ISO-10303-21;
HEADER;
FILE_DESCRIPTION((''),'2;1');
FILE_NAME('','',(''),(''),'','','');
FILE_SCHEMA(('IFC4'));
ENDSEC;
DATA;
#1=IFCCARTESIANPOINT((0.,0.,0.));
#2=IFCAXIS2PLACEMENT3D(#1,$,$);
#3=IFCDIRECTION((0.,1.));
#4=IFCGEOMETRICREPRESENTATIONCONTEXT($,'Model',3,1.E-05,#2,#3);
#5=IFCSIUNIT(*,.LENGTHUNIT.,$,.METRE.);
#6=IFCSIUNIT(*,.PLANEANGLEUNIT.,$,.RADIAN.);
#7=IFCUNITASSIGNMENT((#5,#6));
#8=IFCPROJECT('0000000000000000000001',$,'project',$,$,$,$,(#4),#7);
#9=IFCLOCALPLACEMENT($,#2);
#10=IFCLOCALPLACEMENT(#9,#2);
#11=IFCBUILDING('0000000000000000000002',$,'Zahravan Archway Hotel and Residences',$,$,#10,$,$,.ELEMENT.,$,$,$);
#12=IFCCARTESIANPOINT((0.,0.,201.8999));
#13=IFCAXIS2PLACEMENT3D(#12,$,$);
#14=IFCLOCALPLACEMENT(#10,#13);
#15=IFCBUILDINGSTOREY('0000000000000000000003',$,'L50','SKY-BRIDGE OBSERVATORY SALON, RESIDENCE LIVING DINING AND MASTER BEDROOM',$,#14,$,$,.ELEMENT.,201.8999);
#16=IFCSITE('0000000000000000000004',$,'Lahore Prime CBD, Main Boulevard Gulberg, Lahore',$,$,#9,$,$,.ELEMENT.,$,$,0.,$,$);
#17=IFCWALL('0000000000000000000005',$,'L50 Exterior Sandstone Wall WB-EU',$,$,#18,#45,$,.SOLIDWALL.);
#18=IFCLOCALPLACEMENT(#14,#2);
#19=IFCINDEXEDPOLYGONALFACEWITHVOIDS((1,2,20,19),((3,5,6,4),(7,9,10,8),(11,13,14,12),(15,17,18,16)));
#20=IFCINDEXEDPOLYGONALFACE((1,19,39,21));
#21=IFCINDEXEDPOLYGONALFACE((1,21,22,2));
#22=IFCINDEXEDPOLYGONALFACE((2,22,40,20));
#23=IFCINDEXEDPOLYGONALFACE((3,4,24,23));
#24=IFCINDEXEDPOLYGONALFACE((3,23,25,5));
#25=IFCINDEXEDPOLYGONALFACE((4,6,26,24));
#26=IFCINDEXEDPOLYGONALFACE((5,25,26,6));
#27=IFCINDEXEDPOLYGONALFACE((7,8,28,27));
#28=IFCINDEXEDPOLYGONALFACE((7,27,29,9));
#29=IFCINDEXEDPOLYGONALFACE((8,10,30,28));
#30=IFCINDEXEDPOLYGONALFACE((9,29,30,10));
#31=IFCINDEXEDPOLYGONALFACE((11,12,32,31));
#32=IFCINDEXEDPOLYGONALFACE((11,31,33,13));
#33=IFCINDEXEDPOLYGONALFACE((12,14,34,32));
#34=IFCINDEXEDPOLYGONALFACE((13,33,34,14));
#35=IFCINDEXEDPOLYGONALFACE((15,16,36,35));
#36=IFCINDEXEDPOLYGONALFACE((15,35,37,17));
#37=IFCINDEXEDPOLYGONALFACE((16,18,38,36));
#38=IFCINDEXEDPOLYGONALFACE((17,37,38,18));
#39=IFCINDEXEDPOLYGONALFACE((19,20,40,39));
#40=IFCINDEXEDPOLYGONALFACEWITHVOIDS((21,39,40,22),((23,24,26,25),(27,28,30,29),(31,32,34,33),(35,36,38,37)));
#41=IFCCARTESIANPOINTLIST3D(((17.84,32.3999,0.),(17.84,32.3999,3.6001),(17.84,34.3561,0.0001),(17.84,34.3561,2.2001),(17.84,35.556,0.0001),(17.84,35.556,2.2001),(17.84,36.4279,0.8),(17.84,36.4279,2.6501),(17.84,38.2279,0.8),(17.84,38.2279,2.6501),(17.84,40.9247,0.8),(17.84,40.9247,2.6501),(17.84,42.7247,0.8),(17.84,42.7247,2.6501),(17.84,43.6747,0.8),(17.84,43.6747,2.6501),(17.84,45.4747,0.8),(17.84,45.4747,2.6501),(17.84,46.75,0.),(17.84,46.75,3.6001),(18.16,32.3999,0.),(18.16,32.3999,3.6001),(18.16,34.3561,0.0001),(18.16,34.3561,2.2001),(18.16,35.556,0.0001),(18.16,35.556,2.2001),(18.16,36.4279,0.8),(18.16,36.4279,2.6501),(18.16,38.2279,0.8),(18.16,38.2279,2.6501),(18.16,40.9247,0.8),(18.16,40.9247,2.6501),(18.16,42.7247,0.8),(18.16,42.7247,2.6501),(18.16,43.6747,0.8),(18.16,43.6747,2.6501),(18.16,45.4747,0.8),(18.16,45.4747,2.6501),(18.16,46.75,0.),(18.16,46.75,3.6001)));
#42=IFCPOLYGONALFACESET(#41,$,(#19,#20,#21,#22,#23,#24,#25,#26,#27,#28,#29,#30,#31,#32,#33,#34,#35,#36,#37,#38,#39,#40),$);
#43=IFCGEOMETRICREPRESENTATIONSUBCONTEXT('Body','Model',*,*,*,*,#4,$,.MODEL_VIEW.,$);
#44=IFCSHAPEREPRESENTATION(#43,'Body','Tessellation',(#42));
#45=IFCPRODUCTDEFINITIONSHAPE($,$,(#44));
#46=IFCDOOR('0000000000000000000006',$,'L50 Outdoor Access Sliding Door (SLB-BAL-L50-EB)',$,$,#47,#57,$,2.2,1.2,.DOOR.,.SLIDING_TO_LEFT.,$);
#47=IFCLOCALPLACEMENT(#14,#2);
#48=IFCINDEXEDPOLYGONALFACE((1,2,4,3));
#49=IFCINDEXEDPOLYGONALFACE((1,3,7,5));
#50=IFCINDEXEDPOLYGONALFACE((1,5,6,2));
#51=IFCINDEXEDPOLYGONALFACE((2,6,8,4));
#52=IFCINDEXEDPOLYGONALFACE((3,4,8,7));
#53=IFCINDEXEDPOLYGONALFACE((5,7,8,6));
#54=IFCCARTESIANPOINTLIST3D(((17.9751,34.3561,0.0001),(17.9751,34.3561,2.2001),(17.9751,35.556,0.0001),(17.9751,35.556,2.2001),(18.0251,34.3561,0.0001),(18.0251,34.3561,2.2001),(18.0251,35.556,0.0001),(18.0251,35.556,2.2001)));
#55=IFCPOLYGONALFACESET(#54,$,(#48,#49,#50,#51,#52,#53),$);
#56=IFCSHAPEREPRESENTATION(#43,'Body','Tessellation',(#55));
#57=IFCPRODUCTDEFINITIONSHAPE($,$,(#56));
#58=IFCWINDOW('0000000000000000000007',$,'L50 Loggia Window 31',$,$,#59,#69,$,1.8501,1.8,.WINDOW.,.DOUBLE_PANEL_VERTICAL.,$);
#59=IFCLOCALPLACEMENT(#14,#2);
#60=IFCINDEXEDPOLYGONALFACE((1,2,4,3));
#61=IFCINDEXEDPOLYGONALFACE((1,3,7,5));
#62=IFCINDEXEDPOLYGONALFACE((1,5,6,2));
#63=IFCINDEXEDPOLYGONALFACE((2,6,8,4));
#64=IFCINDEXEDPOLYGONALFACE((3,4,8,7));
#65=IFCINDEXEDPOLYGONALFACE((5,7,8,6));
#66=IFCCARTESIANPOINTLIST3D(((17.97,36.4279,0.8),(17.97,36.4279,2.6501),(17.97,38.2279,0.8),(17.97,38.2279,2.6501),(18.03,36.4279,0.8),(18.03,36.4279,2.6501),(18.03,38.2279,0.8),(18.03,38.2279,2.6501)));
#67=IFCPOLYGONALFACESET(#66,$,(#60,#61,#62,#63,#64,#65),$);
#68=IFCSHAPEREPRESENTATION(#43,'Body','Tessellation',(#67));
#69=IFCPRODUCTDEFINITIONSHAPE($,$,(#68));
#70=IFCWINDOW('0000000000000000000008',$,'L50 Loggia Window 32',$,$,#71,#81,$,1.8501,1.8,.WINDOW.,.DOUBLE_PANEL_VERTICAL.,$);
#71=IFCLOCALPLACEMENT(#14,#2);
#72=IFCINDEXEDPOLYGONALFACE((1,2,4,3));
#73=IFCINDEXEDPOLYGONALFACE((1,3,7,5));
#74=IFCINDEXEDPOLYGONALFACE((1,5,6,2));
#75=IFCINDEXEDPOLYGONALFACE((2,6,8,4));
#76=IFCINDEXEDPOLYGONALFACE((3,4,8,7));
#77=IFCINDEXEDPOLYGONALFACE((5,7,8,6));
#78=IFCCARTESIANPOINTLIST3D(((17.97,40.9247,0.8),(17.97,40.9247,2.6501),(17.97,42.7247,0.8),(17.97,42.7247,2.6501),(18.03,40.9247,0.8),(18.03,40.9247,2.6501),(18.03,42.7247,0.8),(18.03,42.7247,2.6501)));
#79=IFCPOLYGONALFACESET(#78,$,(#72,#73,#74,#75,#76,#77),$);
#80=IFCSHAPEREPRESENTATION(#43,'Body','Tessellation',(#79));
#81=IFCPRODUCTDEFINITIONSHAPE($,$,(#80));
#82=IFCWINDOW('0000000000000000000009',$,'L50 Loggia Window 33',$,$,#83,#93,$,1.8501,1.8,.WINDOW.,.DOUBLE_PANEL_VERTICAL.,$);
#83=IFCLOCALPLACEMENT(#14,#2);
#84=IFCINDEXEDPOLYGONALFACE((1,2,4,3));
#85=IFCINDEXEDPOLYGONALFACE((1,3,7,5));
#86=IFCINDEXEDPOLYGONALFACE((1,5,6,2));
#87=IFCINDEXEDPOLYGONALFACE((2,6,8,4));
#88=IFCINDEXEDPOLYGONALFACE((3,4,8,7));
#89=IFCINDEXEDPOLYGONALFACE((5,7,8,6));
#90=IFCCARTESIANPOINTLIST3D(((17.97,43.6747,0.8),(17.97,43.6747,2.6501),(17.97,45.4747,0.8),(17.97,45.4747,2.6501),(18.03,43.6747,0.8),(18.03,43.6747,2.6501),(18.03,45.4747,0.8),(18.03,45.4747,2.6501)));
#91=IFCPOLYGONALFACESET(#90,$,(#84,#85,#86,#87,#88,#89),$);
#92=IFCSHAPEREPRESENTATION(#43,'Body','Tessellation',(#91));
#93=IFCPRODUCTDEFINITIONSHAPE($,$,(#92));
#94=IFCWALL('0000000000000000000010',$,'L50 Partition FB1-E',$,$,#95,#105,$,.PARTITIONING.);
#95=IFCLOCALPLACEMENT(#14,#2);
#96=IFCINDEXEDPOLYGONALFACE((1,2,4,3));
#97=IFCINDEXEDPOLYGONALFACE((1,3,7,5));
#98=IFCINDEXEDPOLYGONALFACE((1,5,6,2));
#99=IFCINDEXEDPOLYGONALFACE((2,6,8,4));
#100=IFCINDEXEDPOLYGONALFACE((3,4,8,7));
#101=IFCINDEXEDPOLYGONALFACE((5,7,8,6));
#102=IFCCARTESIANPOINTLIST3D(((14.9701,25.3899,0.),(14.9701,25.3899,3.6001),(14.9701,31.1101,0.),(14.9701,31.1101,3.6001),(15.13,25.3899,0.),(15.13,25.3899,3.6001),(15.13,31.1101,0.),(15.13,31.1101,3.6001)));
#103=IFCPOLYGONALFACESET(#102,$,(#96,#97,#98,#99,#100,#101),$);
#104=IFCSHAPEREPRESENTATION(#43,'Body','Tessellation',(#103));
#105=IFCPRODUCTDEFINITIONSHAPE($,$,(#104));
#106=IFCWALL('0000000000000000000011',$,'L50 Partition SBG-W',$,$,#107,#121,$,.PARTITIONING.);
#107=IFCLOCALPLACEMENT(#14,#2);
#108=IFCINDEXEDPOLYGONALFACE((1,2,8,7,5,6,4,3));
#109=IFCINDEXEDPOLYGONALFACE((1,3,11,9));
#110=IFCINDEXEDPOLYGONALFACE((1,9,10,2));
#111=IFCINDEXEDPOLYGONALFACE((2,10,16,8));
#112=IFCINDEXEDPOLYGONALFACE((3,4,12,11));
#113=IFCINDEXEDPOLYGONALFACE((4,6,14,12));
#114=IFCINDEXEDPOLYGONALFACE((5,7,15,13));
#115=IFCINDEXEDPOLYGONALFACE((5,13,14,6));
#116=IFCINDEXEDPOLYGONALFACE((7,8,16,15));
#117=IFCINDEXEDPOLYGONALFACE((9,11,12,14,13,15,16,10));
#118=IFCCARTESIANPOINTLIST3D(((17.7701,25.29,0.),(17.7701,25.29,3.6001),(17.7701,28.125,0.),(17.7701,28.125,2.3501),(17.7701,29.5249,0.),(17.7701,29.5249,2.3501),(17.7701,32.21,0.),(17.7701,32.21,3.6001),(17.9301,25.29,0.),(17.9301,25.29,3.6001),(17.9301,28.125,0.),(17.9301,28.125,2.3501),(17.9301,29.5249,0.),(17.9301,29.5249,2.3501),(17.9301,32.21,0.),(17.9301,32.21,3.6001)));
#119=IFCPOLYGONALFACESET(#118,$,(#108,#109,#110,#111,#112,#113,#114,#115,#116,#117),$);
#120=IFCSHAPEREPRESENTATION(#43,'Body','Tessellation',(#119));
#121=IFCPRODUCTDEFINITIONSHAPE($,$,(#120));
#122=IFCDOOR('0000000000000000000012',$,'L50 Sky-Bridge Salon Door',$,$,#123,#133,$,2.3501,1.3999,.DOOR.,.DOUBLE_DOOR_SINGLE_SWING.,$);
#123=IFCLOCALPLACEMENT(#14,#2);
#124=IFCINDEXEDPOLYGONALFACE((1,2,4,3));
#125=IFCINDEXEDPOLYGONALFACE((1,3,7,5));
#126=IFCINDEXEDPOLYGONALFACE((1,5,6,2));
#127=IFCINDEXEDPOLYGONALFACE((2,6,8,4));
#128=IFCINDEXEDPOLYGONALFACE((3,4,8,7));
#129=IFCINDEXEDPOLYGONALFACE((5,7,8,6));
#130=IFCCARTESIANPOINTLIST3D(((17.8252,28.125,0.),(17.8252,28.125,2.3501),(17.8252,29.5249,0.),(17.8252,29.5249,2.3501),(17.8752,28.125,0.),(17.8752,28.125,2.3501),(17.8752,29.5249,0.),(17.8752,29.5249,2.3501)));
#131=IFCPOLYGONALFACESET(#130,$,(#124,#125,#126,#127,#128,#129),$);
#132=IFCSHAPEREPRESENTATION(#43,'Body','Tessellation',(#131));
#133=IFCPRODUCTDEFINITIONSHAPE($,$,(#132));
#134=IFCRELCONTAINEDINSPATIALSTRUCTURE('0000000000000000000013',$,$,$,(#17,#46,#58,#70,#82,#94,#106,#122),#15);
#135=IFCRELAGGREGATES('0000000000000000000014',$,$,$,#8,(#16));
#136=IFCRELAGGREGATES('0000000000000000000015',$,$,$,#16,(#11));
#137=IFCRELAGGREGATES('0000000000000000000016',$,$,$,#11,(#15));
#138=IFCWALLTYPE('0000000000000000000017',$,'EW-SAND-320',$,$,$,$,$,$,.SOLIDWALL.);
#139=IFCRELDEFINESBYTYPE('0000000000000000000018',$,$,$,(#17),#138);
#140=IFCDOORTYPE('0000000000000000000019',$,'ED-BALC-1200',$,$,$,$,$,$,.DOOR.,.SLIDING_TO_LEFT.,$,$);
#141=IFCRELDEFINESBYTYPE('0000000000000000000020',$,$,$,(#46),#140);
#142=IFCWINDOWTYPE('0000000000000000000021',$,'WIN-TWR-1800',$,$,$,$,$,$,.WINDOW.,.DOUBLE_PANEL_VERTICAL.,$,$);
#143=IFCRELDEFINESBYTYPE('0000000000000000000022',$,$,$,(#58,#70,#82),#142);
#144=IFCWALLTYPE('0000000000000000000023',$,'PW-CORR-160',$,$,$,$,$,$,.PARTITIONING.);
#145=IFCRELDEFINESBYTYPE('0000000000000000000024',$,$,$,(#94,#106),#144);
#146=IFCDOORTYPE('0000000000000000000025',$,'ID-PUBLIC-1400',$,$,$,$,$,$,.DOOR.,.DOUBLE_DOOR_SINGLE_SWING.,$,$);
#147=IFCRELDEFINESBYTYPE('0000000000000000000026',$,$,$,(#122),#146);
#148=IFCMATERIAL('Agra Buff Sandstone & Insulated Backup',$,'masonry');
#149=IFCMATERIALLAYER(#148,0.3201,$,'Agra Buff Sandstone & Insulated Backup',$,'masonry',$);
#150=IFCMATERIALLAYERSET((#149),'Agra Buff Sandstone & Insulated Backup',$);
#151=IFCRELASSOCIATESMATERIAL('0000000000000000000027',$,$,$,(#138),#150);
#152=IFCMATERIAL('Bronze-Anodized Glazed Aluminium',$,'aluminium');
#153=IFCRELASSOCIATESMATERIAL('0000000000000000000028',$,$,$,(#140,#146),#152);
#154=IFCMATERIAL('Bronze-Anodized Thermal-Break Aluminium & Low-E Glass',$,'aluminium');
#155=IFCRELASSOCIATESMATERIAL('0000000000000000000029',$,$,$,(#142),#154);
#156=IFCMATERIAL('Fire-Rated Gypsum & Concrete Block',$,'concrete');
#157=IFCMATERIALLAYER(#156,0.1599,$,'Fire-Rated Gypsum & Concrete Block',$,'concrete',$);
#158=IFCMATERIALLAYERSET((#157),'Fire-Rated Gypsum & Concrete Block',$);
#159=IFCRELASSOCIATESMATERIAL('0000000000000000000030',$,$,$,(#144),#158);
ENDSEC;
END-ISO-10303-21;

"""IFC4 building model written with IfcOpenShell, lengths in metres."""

from ifc_helpers import new_model, si_unit, direction, frame, frame_2d, origin, place, context, subcontext, project, spatial, rectangle, extrude, source, transform, mapped, material, layer, layer_set, type_object, type_shapes, element, fill, save


model = new_model("IFC4")

# Units and contexts
model_context = context("Model", 3, precision=1e-05, world=origin(), true_north=direction((0.0, 1.0)))
body_context = subcontext(model_context, "Body", "Model", "MODEL_VIEW")
ifc_project = project(units=[si_unit("LENGTHUNIT", "METRE"), si_unit("PLANEANGLEUNIT", "RADIAN")], contexts=[model_context])

# Site, building, storey
site_placement = place(None, origin())
site = spatial("IfcSite", under=ifc_project, at=site_placement, Name="Lahore Prime CBD, Main Boulevard Gulberg, Lahore", CompositionType="ELEMENT", RefElevation=0.0)
building_placement = place(site_placement, origin())
building = spatial("IfcBuilding", under=site, at=building_placement, Name="Zahravan Archway Hotel and Residences", CompositionType="ELEMENT")
storey_placement = place(building_placement, frame((0.0, 0.0, 201.8999)))
storey = spatial("IfcBuildingStorey", under=building, at=storey_placement, Name="L50", Description="SKY-BRIDGE OBSERVATORY SALON, RESIDENCE LIVING DINING AND MASTER BEDROOM", CompositionType="ELEMENT", Elevation=201.8999)

# Wall, openings, door, windows
ifc_material_1 = material(Name="Agra Buff Sandstone & Insulated Backup", Category="masonry")
ifc_layer_1 = layer(ifc_material_1, 0.3201, Name="Agra Buff Sandstone & Insulated Backup", Category="masonry")
ifc_layer_set_1 = layer_set([ifc_layer_1], Name="Agra Buff Sandstone & Insulated Backup")
wall_type_1 = type_object("IfcWallType", Name="EW-SAND-320", PredefinedType="SOLIDWALL", material=ifc_layer_set_1)
wall_1_placement = place(storey_placement, frame((18.0, 32.3999, 0.0), z_axis=(0.0, 0.0, 1.0), x_axis=(0.0, 1.0, 0.0)))
wall_1 = element("IfcWall", 1, at=wall_1_placement, inside=storey, type_object=wall_type_1, Name="L50 Exterior Sandstone Wall WB-EU", PredefinedType="SOLIDWALL", context=body_context, shape_type="SweptSolid", body=[
    extrude(rectangle(XDim=14.3501, YDim=0.3201, at=frame_2d((7.175, 0.0))), origin(), (0.0, 0.0, 1.0), 3.6001),
])
opening_1_placement = place(wall_1_placement, frame((1.9561, 0.0, 0.0)))
opening_1 = element("IfcOpeningElement", 2, at=opening_1_placement, cuts=wall_1, PredefinedType="OPENING", context=body_context, shape_type="SweptSolid", body=[
    extrude(rectangle(XDim=1.2, YDim=2.2, at=frame_2d((0.6001, 1.1001))), frame((0.0, 0.1699, 0.0), z_axis=(0.0, -1.0, 0.0), x_axis=(1.0, 0.0, 0.0)), (0.0, 0.0, 1.0), 0.3401),
])
opening_2_placement = place(wall_1_placement, frame((4.0281, 0.0, 0.8)))
opening_2 = element("IfcOpeningElement", 3, at=opening_2_placement, cuts=wall_1, PredefinedType="OPENING", context=body_context, shape_type="SweptSolid", body=[
    extrude(rectangle(XDim=1.8, YDim=1.8501, at=frame_2d((0.8999, 0.925))), frame((0.0, 0.1699, 0.0), z_axis=(0.0, -1.0, 0.0), x_axis=(1.0, 0.0, 0.0)), (0.0, 0.0, 1.0), 0.3401),
])
opening_3_placement = place(wall_1_placement, frame((8.5249, 0.0, 0.8)))
opening_3 = element("IfcOpeningElement", 4, at=opening_3_placement, cuts=wall_1, PredefinedType="OPENING", context=body_context, shape_type="SweptSolid", body=[
    extrude(rectangle(XDim=1.8, YDim=1.8501, at=frame_2d((0.8999, 0.925))), frame((0.0, 0.1699, 0.0), z_axis=(0.0, -1.0, 0.0), x_axis=(1.0, 0.0, 0.0)), (0.0, 0.0, 1.0), 0.3401),
])
opening_4_placement = place(wall_1_placement, frame((11.2749, 0.0, 0.8)))
opening_4 = element("IfcOpeningElement", 5, at=opening_4_placement, cuts=wall_1, PredefinedType="OPENING", context=body_context, shape_type="SweptSolid", body=[
    extrude(rectangle(XDim=1.8, YDim=1.8501, at=frame_2d((0.8999, 0.925))), frame((0.0, 0.1699, 0.0), z_axis=(0.0, -1.0, 0.0), x_axis=(1.0, 0.0, 0.0)), (0.0, 0.0, 1.0), 0.3401),
])
ifc_material_2 = material(Name="Bronze-Anodized Glazed Aluminium", Category="aluminium")
door_type_1 = type_object("IfcDoorType", Name="ED-BALC-1200", OperationType="SLIDING_TO_LEFT", PredefinedType="DOOR", material=ifc_material_2)
shared_shape_1 = source(origin(), body_context, "Body", "SweptSolid", [
    extrude(rectangle(XDim=1.2, YDim=2.2, at=frame_2d((0.6001, 1.1001))), frame((0.0, 0.0249, 0.0), z_axis=(0.0, -1.0, 0.0), x_axis=(1.0, 0.0, 0.0)), (0.0, 0.0, 1.0), 0.05),
])
type_shapes(door_type_1, [shared_shape_1])
door_1_placement = place(opening_1_placement, origin())
door_1 = element("IfcDoor", 6, at=door_1_placement, inside=storey, type_object=door_type_1, Name="L50 Outdoor Access Sliding Door (SLB-BAL-L50-EB)", OperationType="SLIDING_TO_LEFT", OverallHeight=2.2, OverallWidth=1.2, PredefinedType="DOOR", context=body_context, shape_type="MappedRepresentation", body=[
    mapped(shared_shape_1, transform((0.0, 0.0, 0.0), scale=1.0)),
])
fill(opening_1, door_1)
ifc_material_3 = material(Name="Bronze-Anodized Thermal-Break Aluminium & Low-E Glass", Category="aluminium")
window_type = type_object("IfcWindowType", Name="WIN-TWR-1800", PartitioningType="DOUBLE_PANEL_VERTICAL", PredefinedType="WINDOW", material=ifc_material_3)
shared_shape_2 = source(origin(), body_context, "Body", "SweptSolid", [
    extrude(rectangle(XDim=1.8, YDim=1.8501, at=frame_2d((0.8999, 0.925))), frame((0.0, 0.03, 0.0), z_axis=(0.0, -1.0, 0.0), x_axis=(1.0, 0.0, 0.0)), (0.0, 0.0, 1.0), 0.0601),
])
type_shapes(window_type, [shared_shape_2])
window_1_placement = place(opening_2_placement, origin())
window_1 = element("IfcWindow", 7, at=window_1_placement, inside=storey, type_object=window_type, Name="L50 Loggia Window 31", OverallHeight=1.8501, OverallWidth=1.8, PartitioningType="DOUBLE_PANEL_VERTICAL", PredefinedType="WINDOW", context=body_context, shape_type="MappedRepresentation", body=[
    mapped(shared_shape_2, transform((0.0, 0.0, 0.0), scale=1.0)),
])
fill(opening_2, window_1)
window_2_placement = place(opening_3_placement, origin())
window_2 = element("IfcWindow", 8, at=window_2_placement, inside=storey, type_object=window_type, Name="L50 Loggia Window 32", OverallHeight=1.8501, OverallWidth=1.8, PartitioningType="DOUBLE_PANEL_VERTICAL", PredefinedType="WINDOW", context=body_context, shape_type="MappedRepresentation", body=[
    mapped(shared_shape_2, transform((0.0, 0.0, 0.0), scale=1.0)),
])
fill(opening_3, window_2)
window_3_placement = place(opening_4_placement, origin())
window_3 = element("IfcWindow", 9, at=window_3_placement, inside=storey, type_object=window_type, Name="L50 Loggia Window 33", OverallHeight=1.8501, OverallWidth=1.8, PartitioningType="DOUBLE_PANEL_VERTICAL", PredefinedType="WINDOW", context=body_context, shape_type="MappedRepresentation", body=[
    mapped(shared_shape_2, transform((0.0, 0.0, 0.0), scale=1.0)),
])
fill(opening_4, window_3)

# Wall
ifc_material_4 = material(Name="Fire-Rated Gypsum & Concrete Block", Category="concrete")
ifc_layer_2 = layer(ifc_material_4, 0.1599, Name="Fire-Rated Gypsum & Concrete Block", Category="concrete")
ifc_layer_set_2 = layer_set([ifc_layer_2], Name="Fire-Rated Gypsum & Concrete Block")
wall_type_2 = type_object("IfcWallType", Name="PW-CORR-160", PredefinedType="PARTITIONING", material=ifc_layer_set_2)
wall_2_placement = place(storey_placement, frame((15.05, 25.3899, 0.0), z_axis=(0.0, 0.0, 1.0), x_axis=(0.0, 1.0, 0.0)))
element("IfcWall", 10, at=wall_2_placement, inside=storey, type_object=wall_type_2, Name="L50 Partition FB1-E", PredefinedType="PARTITIONING", context=body_context, shape_type="SweptSolid", body=[
    extrude(rectangle(XDim=5.7202, YDim=0.1599, at=frame_2d((2.8601, 0.0))), origin(), (0.0, 0.0, 1.0), 3.6001),
])

# Wall, opening, door
wall_3_placement = place(storey_placement, frame((17.8501, 25.29, 0.0), z_axis=(0.0, 0.0, 1.0), x_axis=(0.0, 1.0, 0.0)))
wall_3 = element("IfcWall", 11, at=wall_3_placement, inside=storey, type_object=wall_type_2, Name="L50 Partition SBG-W", PredefinedType="PARTITIONING", context=body_context, shape_type="SweptSolid", body=[
    extrude(rectangle(XDim=6.9199, YDim=0.1599, at=frame_2d((3.46, 0.0))), origin(), (0.0, 0.0, 1.0), 3.6001),
])
opening_5_placement = place(wall_3_placement, frame((2.835, 0.0, 0.0)))
opening_5 = element("IfcOpeningElement", 12, at=opening_5_placement, cuts=wall_3, PredefinedType="OPENING", context=body_context, shape_type="SweptSolid", body=[
    extrude(rectangle(XDim=1.3999, YDim=2.3501, at=frame_2d((0.7, 1.175))), frame((0.0, 0.0898, 0.0), z_axis=(0.0, -1.0, 0.0), x_axis=(1.0, 0.0, 0.0)), (0.0, 0.0, 1.0), 0.1799),
])
door_type_2 = type_object("IfcDoorType", Name="ID-PUBLIC-1400", OperationType="DOUBLE_DOOR_SINGLE_SWING", PredefinedType="DOOR", material=ifc_material_2)
shared_shape_3 = source(origin(), body_context, "Body", "SweptSolid", [
    extrude(rectangle(XDim=1.3999, YDim=2.3501, at=frame_2d((0.7, 1.175))), frame((0.0, 0.0249, 0.0), z_axis=(0.0, -1.0, 0.0), x_axis=(1.0, 0.0, 0.0)), (0.0, 0.0, 1.0), 0.05),
])
type_shapes(door_type_2, [shared_shape_3])
door_2_placement = place(opening_5_placement, origin())
door_2 = element("IfcDoor", 13, at=door_2_placement, inside=storey, type_object=door_type_2, Name="L50 Sky-Bridge Salon Door", OperationType="DOUBLE_DOOR_SINGLE_SWING", OverallHeight=2.3501, OverallWidth=1.3999, PredefinedType="DOOR", context=body_context, shape_type="MappedRepresentation", body=[
    mapped(shared_shape_3, transform((0.0, 0.0, 0.0), scale=1.0)),
])
fill(opening_5, door_2)

save(model, "model.ifc")
